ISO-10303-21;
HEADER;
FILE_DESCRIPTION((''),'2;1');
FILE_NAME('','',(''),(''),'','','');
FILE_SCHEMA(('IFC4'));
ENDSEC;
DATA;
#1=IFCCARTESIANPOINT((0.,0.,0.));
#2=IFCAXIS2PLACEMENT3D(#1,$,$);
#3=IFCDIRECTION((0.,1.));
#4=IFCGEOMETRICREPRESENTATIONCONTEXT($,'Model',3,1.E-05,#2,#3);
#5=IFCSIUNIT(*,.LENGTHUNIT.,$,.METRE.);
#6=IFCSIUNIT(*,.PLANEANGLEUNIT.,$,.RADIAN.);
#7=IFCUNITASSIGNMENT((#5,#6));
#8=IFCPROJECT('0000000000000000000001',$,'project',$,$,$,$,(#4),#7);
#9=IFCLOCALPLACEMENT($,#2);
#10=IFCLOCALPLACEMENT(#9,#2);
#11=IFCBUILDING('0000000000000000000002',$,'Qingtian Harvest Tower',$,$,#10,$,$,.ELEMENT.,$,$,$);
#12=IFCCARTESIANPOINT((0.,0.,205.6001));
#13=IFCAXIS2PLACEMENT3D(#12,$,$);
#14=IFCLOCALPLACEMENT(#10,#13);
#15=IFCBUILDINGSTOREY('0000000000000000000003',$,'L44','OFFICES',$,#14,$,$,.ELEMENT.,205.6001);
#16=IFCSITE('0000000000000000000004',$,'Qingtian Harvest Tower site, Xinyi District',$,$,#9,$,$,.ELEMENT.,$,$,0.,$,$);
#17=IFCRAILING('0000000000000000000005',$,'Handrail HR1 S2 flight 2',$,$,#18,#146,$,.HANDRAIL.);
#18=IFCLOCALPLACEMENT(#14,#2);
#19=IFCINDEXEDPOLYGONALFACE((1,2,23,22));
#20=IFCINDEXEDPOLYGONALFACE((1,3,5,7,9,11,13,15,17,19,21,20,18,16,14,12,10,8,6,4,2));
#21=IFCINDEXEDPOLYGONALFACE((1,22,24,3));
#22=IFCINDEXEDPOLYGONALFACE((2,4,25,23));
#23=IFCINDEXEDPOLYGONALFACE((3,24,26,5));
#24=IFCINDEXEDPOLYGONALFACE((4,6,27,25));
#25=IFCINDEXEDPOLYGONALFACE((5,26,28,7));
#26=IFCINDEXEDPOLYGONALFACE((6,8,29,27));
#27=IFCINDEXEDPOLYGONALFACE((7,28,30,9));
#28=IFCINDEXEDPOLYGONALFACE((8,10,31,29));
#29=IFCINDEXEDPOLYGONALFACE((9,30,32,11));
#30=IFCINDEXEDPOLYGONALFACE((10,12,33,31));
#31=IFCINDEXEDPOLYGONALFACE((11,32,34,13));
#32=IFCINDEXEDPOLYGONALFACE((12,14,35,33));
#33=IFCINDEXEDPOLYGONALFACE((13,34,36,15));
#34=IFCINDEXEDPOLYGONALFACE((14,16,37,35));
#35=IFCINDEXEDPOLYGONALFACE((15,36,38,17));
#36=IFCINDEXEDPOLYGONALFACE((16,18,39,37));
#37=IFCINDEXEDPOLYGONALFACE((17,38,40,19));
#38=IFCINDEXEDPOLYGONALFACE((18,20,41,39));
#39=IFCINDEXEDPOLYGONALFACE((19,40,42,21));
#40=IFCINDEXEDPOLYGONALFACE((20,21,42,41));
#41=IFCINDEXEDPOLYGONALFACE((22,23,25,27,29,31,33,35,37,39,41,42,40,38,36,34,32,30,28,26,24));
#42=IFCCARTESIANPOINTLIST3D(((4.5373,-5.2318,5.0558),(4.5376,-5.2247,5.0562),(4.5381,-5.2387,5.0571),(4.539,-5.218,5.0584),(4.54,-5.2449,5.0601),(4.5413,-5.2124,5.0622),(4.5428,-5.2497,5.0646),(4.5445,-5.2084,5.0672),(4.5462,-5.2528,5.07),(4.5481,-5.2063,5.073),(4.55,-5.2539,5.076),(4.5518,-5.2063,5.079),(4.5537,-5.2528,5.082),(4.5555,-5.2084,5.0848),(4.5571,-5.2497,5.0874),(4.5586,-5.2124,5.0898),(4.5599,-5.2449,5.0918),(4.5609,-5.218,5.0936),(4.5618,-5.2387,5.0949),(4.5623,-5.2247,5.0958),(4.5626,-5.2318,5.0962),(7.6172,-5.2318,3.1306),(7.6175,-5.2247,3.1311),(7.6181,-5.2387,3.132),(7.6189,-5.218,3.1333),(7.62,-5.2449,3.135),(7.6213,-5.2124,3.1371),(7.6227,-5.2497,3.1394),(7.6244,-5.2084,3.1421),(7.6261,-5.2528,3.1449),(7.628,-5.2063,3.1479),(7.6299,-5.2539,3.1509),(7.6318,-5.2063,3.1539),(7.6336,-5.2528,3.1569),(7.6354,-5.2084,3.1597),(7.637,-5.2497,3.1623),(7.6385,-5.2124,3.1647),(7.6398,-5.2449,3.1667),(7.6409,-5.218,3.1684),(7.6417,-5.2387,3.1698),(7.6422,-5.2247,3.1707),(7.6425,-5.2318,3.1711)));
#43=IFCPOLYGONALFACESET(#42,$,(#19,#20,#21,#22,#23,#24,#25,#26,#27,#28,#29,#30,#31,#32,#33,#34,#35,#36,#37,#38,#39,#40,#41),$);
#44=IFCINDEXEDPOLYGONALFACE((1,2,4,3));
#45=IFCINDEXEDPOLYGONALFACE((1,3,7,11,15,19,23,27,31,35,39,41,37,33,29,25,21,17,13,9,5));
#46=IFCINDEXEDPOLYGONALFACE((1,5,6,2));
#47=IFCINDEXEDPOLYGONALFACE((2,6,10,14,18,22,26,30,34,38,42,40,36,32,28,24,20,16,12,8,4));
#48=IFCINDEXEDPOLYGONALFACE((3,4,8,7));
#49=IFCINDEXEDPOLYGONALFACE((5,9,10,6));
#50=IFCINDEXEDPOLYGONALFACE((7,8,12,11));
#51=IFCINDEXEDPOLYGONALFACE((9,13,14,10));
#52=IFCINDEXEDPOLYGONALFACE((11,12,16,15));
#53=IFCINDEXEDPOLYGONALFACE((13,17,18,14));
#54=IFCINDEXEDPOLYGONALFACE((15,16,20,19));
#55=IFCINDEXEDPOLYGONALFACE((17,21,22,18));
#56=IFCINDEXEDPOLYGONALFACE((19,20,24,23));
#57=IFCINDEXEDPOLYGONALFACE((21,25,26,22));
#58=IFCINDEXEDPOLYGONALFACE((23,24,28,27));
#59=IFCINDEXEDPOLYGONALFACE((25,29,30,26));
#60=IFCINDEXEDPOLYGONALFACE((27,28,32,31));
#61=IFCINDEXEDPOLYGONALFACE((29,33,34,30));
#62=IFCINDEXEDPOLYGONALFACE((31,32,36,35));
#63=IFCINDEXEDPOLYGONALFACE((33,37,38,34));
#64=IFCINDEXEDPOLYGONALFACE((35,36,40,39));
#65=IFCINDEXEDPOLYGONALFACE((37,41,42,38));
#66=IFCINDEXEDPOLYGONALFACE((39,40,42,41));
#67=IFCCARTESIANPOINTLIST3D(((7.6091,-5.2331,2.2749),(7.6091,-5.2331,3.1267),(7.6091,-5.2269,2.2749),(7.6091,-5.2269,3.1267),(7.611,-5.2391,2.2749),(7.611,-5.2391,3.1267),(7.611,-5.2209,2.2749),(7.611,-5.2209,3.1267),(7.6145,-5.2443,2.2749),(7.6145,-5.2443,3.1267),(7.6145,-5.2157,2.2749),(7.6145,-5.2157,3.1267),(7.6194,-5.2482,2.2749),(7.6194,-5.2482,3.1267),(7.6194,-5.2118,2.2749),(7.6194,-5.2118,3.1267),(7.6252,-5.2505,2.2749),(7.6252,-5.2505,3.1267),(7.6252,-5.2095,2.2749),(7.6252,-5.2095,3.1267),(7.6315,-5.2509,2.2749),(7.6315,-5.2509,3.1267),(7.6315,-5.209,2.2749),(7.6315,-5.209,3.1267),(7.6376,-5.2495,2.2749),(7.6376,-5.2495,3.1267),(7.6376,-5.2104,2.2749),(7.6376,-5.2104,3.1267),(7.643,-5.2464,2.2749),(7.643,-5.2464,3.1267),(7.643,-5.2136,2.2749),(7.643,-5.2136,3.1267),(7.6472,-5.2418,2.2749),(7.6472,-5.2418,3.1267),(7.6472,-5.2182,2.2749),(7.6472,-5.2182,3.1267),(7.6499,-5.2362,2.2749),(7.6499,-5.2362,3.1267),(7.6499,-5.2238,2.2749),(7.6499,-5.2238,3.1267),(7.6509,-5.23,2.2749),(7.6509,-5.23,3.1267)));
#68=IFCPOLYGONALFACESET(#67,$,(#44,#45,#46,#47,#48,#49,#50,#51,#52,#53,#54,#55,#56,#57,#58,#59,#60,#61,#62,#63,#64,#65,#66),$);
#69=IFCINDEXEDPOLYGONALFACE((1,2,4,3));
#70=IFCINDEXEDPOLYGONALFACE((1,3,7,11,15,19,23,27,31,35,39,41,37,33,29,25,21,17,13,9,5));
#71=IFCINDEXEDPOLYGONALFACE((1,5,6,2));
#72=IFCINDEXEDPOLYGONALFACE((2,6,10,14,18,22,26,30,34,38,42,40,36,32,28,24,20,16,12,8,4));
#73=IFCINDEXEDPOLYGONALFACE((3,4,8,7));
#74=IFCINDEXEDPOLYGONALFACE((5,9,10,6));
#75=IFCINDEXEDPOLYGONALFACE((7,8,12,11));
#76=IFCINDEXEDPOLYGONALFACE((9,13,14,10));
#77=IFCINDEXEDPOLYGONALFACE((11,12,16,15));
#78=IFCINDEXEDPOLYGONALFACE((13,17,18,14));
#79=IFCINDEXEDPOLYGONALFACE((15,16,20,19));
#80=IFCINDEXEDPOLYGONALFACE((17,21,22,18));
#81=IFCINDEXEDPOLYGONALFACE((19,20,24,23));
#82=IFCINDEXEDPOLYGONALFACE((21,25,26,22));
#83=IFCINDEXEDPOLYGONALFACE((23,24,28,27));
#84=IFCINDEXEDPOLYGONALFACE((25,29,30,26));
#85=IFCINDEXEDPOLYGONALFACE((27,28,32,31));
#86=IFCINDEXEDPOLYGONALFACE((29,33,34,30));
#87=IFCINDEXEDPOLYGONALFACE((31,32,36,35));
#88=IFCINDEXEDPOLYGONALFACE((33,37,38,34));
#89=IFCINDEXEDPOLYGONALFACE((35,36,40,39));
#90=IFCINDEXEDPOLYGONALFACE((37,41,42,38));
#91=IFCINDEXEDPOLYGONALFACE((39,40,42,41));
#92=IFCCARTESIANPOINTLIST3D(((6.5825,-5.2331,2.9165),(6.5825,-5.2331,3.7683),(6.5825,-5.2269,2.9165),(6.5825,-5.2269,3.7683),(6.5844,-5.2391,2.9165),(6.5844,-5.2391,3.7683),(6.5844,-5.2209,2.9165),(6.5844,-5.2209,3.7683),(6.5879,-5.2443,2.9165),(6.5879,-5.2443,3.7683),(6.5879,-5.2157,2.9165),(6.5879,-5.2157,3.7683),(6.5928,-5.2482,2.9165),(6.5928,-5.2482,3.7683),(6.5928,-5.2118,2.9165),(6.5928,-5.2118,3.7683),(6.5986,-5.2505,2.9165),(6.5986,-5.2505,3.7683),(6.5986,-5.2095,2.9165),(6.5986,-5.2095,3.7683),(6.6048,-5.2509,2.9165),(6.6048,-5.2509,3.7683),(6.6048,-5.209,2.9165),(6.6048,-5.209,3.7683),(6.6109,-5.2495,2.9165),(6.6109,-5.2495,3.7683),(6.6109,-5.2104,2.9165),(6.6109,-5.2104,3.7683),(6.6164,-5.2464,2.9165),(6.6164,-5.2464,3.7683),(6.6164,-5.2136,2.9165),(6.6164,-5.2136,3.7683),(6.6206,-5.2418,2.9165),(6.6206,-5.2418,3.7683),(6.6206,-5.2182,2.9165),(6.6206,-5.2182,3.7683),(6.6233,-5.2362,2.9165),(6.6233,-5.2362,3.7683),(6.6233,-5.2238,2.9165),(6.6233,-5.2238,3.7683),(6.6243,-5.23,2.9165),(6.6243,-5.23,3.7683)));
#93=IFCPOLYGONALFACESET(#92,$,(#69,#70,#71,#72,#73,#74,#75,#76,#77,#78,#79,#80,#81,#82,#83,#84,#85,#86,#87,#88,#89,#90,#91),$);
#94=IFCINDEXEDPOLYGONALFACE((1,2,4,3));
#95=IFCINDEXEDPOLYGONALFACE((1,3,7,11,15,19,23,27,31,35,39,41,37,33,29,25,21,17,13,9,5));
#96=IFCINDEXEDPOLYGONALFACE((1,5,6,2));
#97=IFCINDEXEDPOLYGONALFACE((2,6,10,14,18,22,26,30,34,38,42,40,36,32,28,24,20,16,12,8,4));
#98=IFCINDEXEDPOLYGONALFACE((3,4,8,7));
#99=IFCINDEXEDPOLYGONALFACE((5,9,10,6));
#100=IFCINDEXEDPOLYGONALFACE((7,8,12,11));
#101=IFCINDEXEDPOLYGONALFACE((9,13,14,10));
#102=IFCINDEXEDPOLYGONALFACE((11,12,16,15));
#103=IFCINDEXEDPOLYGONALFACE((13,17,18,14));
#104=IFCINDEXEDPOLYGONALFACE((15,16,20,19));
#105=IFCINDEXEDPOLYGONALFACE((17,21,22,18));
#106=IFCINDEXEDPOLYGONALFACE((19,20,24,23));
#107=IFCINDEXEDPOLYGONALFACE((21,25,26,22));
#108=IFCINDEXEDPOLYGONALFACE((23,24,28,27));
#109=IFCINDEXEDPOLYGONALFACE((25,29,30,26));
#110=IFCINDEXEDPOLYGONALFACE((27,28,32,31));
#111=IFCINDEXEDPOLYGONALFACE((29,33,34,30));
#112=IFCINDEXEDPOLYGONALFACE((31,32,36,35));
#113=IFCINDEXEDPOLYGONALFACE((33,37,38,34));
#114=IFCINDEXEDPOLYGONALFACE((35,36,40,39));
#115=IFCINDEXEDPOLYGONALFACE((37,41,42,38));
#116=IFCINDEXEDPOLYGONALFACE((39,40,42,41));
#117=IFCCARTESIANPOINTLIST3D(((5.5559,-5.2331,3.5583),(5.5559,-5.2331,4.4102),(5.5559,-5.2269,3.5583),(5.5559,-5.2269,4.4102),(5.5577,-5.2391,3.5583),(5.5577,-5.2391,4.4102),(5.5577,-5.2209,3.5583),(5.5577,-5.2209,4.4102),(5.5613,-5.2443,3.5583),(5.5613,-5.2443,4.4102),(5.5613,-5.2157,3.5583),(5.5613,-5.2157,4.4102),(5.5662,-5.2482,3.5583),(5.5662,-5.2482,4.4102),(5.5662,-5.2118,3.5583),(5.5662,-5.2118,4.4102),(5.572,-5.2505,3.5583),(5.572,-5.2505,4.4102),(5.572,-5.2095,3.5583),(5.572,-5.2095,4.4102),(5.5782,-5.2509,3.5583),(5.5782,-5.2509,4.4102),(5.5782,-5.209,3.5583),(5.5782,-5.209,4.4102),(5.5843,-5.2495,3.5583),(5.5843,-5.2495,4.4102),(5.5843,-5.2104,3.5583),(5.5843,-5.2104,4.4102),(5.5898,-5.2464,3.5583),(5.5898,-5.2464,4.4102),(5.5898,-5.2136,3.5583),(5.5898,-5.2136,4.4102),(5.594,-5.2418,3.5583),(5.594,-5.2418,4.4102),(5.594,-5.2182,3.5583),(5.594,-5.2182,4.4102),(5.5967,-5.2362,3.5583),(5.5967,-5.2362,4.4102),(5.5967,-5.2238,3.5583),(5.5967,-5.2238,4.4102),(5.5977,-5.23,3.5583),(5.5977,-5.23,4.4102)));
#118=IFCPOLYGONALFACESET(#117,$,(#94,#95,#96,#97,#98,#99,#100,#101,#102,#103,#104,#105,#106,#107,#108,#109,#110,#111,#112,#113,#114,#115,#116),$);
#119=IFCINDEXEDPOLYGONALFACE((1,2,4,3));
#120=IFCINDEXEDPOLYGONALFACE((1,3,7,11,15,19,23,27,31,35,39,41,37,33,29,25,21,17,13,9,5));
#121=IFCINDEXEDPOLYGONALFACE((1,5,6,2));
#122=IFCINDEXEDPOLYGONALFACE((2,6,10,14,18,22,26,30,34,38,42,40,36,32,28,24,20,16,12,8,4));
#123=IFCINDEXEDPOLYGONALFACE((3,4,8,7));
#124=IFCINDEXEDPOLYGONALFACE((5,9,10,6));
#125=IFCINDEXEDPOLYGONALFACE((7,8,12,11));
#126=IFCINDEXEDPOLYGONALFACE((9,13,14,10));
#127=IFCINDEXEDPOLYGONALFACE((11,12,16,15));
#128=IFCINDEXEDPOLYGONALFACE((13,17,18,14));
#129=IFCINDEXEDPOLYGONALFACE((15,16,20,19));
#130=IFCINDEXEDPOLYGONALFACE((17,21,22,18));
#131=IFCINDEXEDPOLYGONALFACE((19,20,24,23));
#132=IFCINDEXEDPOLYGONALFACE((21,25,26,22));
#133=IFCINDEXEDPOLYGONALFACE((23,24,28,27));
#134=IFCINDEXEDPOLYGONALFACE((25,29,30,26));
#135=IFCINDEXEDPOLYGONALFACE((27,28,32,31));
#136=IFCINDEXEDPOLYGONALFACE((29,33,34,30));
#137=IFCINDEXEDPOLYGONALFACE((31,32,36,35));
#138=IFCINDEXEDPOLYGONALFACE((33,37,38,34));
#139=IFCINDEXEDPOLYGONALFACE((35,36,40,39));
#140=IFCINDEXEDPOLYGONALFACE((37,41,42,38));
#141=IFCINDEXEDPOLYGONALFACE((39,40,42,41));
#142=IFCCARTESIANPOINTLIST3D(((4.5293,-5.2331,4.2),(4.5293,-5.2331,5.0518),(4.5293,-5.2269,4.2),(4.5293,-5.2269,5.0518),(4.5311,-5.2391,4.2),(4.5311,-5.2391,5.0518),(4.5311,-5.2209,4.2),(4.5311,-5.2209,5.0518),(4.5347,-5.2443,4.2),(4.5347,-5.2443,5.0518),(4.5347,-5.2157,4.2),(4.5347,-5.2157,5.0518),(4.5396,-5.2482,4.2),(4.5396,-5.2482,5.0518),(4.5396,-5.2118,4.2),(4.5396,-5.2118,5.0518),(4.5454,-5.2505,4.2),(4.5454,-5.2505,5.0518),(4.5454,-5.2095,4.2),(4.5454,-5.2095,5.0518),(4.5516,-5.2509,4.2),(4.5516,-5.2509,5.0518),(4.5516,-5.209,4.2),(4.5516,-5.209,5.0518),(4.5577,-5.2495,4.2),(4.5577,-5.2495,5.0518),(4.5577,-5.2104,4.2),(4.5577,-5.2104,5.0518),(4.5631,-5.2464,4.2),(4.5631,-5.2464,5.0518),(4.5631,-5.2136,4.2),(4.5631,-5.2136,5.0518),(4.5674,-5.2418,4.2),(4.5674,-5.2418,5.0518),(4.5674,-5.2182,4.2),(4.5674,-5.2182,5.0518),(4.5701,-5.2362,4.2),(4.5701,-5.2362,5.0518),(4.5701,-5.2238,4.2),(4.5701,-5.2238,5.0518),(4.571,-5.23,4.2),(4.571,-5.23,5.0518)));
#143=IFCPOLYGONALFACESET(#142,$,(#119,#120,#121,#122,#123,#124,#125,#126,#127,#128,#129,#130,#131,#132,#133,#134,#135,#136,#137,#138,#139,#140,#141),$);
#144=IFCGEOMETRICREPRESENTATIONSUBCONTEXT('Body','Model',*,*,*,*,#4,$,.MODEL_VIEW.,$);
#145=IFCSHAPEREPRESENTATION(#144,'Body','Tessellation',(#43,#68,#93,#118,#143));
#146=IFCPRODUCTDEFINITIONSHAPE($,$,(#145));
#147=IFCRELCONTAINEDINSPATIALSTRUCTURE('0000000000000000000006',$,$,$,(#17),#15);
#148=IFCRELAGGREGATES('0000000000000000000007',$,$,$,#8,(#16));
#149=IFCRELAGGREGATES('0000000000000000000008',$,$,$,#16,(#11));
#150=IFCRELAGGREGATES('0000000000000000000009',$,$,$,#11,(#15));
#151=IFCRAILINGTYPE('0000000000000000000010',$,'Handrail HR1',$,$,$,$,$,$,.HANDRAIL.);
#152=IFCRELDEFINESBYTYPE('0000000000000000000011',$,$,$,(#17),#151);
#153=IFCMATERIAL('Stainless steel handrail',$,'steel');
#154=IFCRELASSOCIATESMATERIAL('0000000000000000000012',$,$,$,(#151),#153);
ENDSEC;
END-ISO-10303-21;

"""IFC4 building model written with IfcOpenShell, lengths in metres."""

from ifc_helpers import new_model, si_unit, direction, frame, origin, origin_2d, place, context, subcontext, project, spatial, circle, extrude, material, type_object, element, save


model = new_model("IFC4")

# Units and contexts
model_context = context("Model", 3, precision=1e-05, world=origin(), true_north=direction((0.0, 1.0)))
body_context = subcontext(model_context, "Body", "Model", "MODEL_VIEW")
ifc_project = project(units=[si_unit("LENGTHUNIT", "METRE"), si_unit("PLANEANGLEUNIT", "RADIAN")], contexts=[model_context])

# Site, building, storey
site_placement = place(None, origin())
site = spatial("IfcSite", under=ifc_project, at=site_placement, Name="Qingtian Harvest Tower site, Xinyi District", CompositionType="ELEMENT", RefElevation=0.0)
building_placement = place(site_placement, origin())
building = spatial("IfcBuilding", under=site, at=building_placement, Name="Qingtian Harvest Tower", CompositionType="ELEMENT")
storey_placement = place(building_placement, frame((0.0, 0.0, 205.6001)))
storey = spatial("IfcBuildingStorey", under=building, at=storey_placement, Name="L44", Description="OFFICES", CompositionType="ELEMENT", Elevation=205.6001)

# Railing
ifc_material_1 = material(Name="Stainless steel handrail", Category="steel")
railing_type = type_object("IfcRailingType", Name="Handrail HR1", PredefinedType="HANDRAIL", material=ifc_material_1)
railing_1_placement = place(storey_placement, frame((7.6299, -5.23, 2.2749)))
element("IfcRailing", 1, at=railing_1_placement, inside=storey, type_object=railing_type, Name="Handrail HR1 S2 flight 2", PredefinedType="HANDRAIL", context=body_context, shape_type="SweptSolid", body=[
    extrude(circle(Radius=0.0239, at=origin_2d()), frame((0.0, 0.0, 0.876), z_axis=(-0.847979, 0.0, 0.530029), x_axis=(0.0, -1.0, 0.0)), (0.0, 0.0, 1.0), 3.6321),
    extrude(circle(Radius=0.021, at=origin_2d()), origin(), (0.0, 0.0, 1.0), 0.8518),
    extrude(circle(Radius=0.021, at=origin_2d()), frame((-1.0266, 0.0, 0.6416)), (0.0, 0.0, 1.0), 0.8518),
    extrude(circle(Radius=0.021, at=origin_2d()), frame((-2.0532, 0.0, 1.2834)), (0.0, 0.0, 1.0), 0.8518),
    extrude(circle(Radius=0.021, at=origin_2d()), frame((-3.0798, 0.0, 1.925)), (0.0, 0.0, 1.0), 0.8518),
])

save(model, "model.ifc")
